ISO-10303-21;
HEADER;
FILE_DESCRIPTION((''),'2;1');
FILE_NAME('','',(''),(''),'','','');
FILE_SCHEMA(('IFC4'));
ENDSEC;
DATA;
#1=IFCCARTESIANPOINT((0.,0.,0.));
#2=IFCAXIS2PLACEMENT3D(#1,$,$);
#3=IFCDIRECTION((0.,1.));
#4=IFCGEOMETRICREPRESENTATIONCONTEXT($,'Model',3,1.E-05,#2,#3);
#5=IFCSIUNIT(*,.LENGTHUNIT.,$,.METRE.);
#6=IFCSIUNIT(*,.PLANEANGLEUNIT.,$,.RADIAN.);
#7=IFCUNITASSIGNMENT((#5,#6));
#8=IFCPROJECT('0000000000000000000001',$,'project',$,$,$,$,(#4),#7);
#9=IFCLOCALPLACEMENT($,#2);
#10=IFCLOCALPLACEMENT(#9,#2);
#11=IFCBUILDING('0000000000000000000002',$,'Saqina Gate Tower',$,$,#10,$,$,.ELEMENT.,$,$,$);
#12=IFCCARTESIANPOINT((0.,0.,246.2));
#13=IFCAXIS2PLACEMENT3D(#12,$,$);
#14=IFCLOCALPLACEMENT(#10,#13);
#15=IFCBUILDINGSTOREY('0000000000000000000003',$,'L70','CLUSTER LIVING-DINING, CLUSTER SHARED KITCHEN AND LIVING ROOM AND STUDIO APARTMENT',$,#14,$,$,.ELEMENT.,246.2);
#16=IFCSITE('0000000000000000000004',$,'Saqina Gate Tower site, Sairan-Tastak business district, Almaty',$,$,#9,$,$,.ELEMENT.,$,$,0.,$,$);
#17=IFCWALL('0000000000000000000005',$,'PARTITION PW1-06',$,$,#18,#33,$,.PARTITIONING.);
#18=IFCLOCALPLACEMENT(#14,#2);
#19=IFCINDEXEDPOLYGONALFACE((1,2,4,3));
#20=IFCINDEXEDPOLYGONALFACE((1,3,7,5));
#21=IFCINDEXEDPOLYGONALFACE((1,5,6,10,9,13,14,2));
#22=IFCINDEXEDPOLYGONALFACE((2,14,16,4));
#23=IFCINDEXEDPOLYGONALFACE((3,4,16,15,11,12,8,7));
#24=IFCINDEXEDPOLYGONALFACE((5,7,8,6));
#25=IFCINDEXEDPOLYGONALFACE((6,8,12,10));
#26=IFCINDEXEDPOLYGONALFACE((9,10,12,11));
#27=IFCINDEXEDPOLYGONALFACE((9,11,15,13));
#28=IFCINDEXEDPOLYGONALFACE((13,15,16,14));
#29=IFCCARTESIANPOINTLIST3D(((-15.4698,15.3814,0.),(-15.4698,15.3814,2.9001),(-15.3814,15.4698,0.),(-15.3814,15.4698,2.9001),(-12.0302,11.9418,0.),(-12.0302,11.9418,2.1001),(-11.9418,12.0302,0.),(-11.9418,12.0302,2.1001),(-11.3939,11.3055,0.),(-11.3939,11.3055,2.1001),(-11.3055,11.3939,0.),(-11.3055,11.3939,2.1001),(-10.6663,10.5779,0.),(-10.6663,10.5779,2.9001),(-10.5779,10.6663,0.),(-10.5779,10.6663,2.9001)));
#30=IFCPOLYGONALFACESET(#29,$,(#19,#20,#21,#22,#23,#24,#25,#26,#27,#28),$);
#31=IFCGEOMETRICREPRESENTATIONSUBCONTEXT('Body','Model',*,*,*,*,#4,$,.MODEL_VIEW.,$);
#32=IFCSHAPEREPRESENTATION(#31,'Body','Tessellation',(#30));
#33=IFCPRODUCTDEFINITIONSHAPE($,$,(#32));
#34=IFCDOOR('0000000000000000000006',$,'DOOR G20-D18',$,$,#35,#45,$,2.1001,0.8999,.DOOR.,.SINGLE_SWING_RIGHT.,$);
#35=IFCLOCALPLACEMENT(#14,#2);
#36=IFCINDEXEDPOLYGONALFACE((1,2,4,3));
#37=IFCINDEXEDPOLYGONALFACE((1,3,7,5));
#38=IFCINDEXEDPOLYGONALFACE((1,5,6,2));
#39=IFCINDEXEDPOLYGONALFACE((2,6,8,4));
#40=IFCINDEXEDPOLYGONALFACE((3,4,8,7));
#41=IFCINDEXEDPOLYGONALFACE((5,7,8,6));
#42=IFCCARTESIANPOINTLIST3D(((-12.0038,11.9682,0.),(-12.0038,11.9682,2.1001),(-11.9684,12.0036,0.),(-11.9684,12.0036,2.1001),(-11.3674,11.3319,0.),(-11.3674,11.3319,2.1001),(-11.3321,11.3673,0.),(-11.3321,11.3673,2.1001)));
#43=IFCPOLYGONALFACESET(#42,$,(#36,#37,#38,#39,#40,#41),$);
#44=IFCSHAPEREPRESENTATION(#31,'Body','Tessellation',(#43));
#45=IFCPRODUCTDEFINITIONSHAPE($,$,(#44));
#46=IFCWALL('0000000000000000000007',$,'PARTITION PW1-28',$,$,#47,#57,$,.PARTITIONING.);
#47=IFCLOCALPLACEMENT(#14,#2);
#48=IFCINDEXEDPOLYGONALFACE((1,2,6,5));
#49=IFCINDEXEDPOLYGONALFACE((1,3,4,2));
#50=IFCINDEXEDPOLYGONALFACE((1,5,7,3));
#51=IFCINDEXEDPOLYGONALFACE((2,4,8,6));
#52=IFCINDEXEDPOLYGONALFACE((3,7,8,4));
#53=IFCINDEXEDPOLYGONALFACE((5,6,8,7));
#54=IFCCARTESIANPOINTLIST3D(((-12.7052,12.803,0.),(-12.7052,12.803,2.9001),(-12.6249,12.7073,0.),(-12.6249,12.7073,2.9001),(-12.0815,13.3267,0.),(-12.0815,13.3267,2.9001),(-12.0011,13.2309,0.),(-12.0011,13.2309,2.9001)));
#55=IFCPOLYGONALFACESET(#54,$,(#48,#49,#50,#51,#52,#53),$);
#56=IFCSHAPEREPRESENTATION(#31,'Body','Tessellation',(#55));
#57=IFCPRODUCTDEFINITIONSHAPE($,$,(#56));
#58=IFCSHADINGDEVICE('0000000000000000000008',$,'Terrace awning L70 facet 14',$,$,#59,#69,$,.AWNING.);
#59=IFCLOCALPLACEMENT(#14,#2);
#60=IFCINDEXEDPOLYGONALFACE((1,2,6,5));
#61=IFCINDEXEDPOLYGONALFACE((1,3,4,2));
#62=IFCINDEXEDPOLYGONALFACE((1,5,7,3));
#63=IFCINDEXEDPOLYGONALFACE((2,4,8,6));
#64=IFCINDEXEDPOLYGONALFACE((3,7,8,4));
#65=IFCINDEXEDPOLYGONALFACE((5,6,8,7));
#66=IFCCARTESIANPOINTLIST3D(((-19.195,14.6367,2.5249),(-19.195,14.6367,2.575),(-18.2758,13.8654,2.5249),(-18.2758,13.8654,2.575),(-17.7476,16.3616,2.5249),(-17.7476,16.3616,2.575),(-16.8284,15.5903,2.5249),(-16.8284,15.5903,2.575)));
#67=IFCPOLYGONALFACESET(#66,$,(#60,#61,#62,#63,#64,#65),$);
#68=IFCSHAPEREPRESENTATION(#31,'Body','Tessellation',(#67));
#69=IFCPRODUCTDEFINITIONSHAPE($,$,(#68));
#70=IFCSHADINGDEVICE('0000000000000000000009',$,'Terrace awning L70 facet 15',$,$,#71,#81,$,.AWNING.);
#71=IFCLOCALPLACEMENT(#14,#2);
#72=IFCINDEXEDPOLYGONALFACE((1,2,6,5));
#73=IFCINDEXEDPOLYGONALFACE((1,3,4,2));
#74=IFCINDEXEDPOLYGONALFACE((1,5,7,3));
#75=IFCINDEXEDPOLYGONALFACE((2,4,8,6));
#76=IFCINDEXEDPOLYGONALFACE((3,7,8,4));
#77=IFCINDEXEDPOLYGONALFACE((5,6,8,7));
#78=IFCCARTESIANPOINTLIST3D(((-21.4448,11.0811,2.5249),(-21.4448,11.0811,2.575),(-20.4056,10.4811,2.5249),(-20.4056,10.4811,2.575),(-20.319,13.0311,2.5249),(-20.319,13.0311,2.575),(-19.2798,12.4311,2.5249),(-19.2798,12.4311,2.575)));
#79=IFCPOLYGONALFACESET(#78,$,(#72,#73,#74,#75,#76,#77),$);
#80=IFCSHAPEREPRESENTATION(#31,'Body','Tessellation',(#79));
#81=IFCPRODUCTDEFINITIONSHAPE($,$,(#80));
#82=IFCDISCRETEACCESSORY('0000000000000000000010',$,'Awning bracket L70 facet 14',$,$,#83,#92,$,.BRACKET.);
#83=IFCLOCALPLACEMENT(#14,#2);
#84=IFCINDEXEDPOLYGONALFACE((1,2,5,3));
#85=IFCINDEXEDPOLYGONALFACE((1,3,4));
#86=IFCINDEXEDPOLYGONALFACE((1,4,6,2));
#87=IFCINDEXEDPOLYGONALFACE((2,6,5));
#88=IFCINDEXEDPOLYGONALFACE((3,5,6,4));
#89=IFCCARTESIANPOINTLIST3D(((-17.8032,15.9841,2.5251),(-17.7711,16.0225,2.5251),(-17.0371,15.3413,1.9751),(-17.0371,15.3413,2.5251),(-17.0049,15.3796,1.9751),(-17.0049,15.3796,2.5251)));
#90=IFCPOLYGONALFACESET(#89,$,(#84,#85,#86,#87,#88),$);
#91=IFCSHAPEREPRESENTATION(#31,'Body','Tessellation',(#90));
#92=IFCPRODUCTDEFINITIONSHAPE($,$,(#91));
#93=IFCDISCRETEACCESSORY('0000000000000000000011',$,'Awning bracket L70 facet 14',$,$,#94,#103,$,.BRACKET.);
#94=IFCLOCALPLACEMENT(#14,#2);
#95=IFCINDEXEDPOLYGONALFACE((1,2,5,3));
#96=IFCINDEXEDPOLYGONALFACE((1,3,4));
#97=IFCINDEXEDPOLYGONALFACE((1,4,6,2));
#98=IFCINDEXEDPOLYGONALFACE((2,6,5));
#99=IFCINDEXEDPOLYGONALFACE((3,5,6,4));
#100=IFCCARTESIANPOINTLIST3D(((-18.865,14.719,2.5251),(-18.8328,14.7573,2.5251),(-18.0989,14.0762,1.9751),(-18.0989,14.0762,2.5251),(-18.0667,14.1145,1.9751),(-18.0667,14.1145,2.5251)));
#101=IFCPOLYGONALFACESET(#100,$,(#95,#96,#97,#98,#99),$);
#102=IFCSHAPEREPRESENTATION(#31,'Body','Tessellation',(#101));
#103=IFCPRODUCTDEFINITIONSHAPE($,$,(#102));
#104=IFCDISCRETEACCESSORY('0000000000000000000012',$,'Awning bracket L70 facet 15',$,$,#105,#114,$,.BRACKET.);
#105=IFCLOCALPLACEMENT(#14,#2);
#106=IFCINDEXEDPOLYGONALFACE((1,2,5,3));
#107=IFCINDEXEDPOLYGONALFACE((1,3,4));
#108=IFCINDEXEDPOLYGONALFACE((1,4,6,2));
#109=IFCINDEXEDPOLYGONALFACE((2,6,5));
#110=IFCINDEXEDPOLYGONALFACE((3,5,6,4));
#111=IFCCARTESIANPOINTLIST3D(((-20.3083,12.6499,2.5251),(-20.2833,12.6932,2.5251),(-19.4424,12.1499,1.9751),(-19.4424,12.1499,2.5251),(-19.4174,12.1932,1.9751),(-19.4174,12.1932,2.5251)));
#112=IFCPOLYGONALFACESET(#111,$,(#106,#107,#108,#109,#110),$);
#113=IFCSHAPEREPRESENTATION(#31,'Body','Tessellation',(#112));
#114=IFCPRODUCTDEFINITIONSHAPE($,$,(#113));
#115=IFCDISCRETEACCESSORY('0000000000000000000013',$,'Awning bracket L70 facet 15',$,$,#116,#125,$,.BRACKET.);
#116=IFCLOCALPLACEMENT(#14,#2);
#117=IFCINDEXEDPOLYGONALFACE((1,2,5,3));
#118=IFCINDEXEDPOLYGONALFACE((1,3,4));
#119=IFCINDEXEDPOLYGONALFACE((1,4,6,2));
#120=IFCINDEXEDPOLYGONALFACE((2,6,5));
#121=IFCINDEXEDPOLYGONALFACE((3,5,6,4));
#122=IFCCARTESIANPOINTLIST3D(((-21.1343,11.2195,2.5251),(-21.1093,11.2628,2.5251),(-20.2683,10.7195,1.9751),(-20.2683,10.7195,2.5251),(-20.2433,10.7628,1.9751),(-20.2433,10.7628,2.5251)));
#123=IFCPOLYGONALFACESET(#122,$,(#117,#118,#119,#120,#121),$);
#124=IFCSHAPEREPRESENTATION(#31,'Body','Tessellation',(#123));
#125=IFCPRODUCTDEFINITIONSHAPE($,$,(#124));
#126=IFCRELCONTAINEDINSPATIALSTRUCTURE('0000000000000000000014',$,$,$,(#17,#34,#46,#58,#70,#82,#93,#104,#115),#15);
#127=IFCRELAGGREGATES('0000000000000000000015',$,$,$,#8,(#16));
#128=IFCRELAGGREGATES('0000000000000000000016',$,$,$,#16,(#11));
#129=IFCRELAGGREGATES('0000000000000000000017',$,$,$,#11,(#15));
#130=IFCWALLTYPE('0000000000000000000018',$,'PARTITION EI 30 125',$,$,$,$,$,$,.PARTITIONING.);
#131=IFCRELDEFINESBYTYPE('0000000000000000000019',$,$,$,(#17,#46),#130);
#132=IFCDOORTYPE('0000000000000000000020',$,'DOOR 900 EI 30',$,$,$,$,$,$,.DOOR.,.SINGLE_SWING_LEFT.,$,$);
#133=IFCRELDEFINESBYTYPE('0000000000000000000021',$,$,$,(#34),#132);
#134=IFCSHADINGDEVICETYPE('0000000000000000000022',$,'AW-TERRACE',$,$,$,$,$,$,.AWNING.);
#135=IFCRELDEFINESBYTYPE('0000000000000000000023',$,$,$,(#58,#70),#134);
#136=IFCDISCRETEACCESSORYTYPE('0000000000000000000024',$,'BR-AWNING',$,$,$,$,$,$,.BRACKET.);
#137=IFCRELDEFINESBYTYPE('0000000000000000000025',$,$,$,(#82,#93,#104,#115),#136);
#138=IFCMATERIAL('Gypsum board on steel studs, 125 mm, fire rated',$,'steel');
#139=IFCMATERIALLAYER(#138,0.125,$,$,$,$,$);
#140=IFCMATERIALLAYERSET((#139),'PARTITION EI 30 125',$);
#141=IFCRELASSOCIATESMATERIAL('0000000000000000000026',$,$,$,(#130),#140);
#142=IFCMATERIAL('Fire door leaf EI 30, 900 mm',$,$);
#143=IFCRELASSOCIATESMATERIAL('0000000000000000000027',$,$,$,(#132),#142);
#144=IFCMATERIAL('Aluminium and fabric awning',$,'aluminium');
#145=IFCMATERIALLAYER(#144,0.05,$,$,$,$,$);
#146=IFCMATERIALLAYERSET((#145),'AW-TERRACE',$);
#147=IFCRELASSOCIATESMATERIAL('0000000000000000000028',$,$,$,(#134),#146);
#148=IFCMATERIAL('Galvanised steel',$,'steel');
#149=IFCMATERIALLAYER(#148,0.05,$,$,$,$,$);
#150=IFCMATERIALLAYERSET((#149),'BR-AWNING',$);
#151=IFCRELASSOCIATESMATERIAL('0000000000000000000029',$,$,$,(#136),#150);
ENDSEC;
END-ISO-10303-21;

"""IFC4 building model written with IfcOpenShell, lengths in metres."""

from ifc_helpers import new_model, si_unit, direction, frame, frame_2d, origin, origin_2d, place, context, subcontext, project, spatial, polyline, rectangle, outline, extrude, material, layer, layer_set, type_object, element, fill, save


model = new_model("IFC4")

# Units and contexts
model_context = context("Model", 3, precision=1e-05, world=origin(), true_north=direction((0.0, 1.0)))
body_context = subcontext(model_context, "Body", "Model", "MODEL_VIEW")
ifc_project = project(units=[si_unit("LENGTHUNIT", "METRE"), si_unit("PLANEANGLEUNIT", "RADIAN")], contexts=[model_context])

# Site, building, storey
site_placement = place(None, origin())
site = spatial("IfcSite", under=ifc_project, at=site_placement, Name="Saqina Gate Tower site, Sairan-Tastak business district, Almaty", CompositionType="ELEMENT", RefElevation=0.0)
building_placement = place(site_placement, origin())
building = spatial("IfcBuilding", under=site, at=building_placement, Name="Saqina Gate Tower", CompositionType="ELEMENT")
storey_placement = place(building_placement, frame((0.0, 0.0, 246.2)))
storey = spatial("IfcBuildingStorey", under=building, at=storey_placement, Name="L70", Description="CLUSTER LIVING-DINING, CLUSTER SHARED KITCHEN AND LIVING ROOM AND STUDIO APARTMENT", CompositionType="ELEMENT", Elevation=246.2)

# Wall, opening, door
ifc_material_1 = material(Name="Gypsum board on steel studs, 125 mm, fire rated", Category="steel")
ifc_layer_1 = layer(ifc_material_1, 0.125)
ifc_layer_set_1 = layer_set([ifc_layer_1], Name="PARTITION EI 30 125")
wall_type_1 = type_object("IfcWallType", Name="PARTITION EI 30 125", PredefinedType="PARTITIONING", material=ifc_layer_set_1)
wall_1_placement = place(storey_placement, frame((-15.4255, 15.4255, 0.0), z_axis=(0.0, 0.0, 1.0), x_axis=(0.707107, -0.707107, 0.0)))
wall_1 = element("IfcWall", 1, at=wall_1_placement, inside=storey, type_object=wall_type_1, Name="PARTITION PW1-06", PredefinedType="PARTITIONING", context=body_context, shape_type="SweptSolid", body=[
    extrude(rectangle(XDim=6.7932, YDim=0.125, at=frame_2d((3.3965, 0.0))), origin(), (0.0, 0.0, 1.0), 2.9001),
])
opening_1_placement = place(wall_1_placement, frame((4.8643, 0.0, 0.0)))
opening_1 = element("IfcOpeningElement", 2, at=opening_1_placement, cuts=wall_1, PredefinedType="OPENING", context=body_context, shape_type="SweptSolid", body=[
    extrude(rectangle(XDim=0.8999, YDim=2.1001, at=frame_2d((0.45, 1.05))), frame((0.0, 0.0745, 0.0), z_axis=(0.0, -1.0, 0.0), x_axis=(1.0, 0.0, 0.0)), (0.0, 0.0, 1.0), 0.1489),
])
ifc_material_2 = material(Name="Fire door leaf EI 30, 900 mm")
door_type_1 = type_object("IfcDoorType", Name="DOOR 900 EI 30", OperationType="SINGLE_SWING_LEFT", PredefinedType="DOOR", material=ifc_material_2)
door_1_placement = place(opening_1_placement, origin())
door_1 = element("IfcDoor", 3, at=door_1_placement, inside=storey, type_object=door_type_1, Name="DOOR G20-D18", OperationType="SINGLE_SWING_RIGHT", OverallHeight=2.1001, OverallWidth=0.8999, PredefinedType="DOOR", context=body_context, shape_type="SweptSolid", body=[
    extrude(rectangle(XDim=0.8999, YDim=2.1001, at=frame_2d((0.45, 1.05))), frame((0.0, 0.0249, 0.0), z_axis=(0.0, -1.0, 0.0), x_axis=(1.0, 0.0, 0.0)), (0.0, 0.0, 1.0), 0.05),
])
fill(opening_1, door_1)

# Wall
wall_2_placement = place(storey_placement, frame((-12.665, 12.7551, 0.0), z_axis=(0.0, 0.0, 1.0), x_axis=(0.765882, 0.642981, 0.0)))
element("IfcWall", 4, at=wall_2_placement, inside=storey, type_object=wall_type_1, Name="PARTITION PW1-28", PredefinedType="PARTITIONING", context=body_context, shape_type="SweptSolid", body=[
    extrude(rectangle(XDim=0.8145, YDim=0.125, at=frame_2d((0.4072, 0.0))), origin(), (0.0, 0.0, 1.0), 2.9001),
])

# Shading devices
ifc_material_3 = material(Name="Aluminium and fabric awning", Category="aluminium")
ifc_layer_2 = layer(ifc_material_3, 0.05)
ifc_layer_set_2 = layer_set([ifc_layer_2], Name="AW-TERRACE")
shading_device_type = type_object("IfcShadingDeviceType", Name="AW-TERRACE", PredefinedType="AWNING", material=ifc_layer_set_2)
for number, where, z_axis, x_axis, name in (
    (5, (-18.0117, 15.1135, 2.5249), (0.0, 0.0, 1.0), (-0.642788, -0.766044, 0.0), "Terrace awning L70 facet 14"),
    (6, (-20.3623, 11.7561, 2.5249), (0.0, 0.0, 1.0), (-0.5, -0.866025, 0.0), "Terrace awning L70 facet 15"),
):
    element("IfcShadingDevice", number, at=place(storey_placement, frame(where, z_axis=z_axis, x_axis=x_axis)), inside=storey, type_object=shading_device_type, Name=name, PredefinedType="AWNING", context=body_context, shape_type="SweptSolid", body=[
        extrude(rectangle(XDim=2.2517, YDim=1.2, at=origin_2d()), origin(), (0.0, 0.0, 1.0), 0.05),
    ])

# Discrete accessories
ifc_material_4 = material(Name="Galvanised steel", Category="steel")
ifc_layer_3 = layer(ifc_material_4, 0.05)
ifc_layer_set_3 = layer_set([ifc_layer_3], Name="BR-AWNING")
discrete_accessory_type = type_object("IfcDiscreteAccessoryType", Name="BR-AWNING", PredefinedType="BRACKET", material=ifc_layer_set_3)
for number, where, z_axis, x_axis, name in (
    (7, (-17.0371, 15.3413, 1.9751), (-0.642774, -0.766056, 0.0), (0.0, 0.0, 1.0), "Awning bracket L70 facet 14"),
    (8, (-18.0989, 14.0762, 1.9751), (-0.642774, -0.766056, 0.0), (0.0, 0.0, 1.0), "Awning bracket L70 facet 14"),
):
    element("IfcDiscreteAccessory", number, at=place(storey_placement, frame(where, z_axis=z_axis, x_axis=x_axis)), inside=storey, type_object=discrete_accessory_type, Name=name, PredefinedType="BRACKET", context=body_context, shape_type="SweptSolid", body=[
        extrude(outline(polyline([(0.0, 0.0), (0.55, 0.0), (0.55, 1.0001), (0.0, 0.0)])), origin(), (0.0, 0.0, -1.0), 0.05),
    ])
for number, where, z_axis, x_axis, name in (
    (9, (-19.4424, 12.1499, 1.9751), (-0.500025, -0.866011, 0.0), (0.0, 0.0, 1.0), "Awning bracket L70 facet 15"),
    (10, (-20.2683, 10.7195, 1.9751), (-0.500025, -0.866011, 0.0), (0.0, 0.0, 1.0), "Awning bracket L70 facet 15"),
):
    element("IfcDiscreteAccessory", number, at=place(storey_placement, frame(where, z_axis=z_axis, x_axis=x_axis)), inside=storey, type_object=discrete_accessory_type, Name=name, PredefinedType="BRACKET", context=body_context, shape_type="SweptSolid", body=[
        extrude(outline(polyline([(0.0, 0.0), (0.55, 0.0), (0.55, 0.9999), (0.0, 0.0)])), origin(), (0.0, 0.0, -1.0), 0.05),
    ])

save(model, "model.ifc")
